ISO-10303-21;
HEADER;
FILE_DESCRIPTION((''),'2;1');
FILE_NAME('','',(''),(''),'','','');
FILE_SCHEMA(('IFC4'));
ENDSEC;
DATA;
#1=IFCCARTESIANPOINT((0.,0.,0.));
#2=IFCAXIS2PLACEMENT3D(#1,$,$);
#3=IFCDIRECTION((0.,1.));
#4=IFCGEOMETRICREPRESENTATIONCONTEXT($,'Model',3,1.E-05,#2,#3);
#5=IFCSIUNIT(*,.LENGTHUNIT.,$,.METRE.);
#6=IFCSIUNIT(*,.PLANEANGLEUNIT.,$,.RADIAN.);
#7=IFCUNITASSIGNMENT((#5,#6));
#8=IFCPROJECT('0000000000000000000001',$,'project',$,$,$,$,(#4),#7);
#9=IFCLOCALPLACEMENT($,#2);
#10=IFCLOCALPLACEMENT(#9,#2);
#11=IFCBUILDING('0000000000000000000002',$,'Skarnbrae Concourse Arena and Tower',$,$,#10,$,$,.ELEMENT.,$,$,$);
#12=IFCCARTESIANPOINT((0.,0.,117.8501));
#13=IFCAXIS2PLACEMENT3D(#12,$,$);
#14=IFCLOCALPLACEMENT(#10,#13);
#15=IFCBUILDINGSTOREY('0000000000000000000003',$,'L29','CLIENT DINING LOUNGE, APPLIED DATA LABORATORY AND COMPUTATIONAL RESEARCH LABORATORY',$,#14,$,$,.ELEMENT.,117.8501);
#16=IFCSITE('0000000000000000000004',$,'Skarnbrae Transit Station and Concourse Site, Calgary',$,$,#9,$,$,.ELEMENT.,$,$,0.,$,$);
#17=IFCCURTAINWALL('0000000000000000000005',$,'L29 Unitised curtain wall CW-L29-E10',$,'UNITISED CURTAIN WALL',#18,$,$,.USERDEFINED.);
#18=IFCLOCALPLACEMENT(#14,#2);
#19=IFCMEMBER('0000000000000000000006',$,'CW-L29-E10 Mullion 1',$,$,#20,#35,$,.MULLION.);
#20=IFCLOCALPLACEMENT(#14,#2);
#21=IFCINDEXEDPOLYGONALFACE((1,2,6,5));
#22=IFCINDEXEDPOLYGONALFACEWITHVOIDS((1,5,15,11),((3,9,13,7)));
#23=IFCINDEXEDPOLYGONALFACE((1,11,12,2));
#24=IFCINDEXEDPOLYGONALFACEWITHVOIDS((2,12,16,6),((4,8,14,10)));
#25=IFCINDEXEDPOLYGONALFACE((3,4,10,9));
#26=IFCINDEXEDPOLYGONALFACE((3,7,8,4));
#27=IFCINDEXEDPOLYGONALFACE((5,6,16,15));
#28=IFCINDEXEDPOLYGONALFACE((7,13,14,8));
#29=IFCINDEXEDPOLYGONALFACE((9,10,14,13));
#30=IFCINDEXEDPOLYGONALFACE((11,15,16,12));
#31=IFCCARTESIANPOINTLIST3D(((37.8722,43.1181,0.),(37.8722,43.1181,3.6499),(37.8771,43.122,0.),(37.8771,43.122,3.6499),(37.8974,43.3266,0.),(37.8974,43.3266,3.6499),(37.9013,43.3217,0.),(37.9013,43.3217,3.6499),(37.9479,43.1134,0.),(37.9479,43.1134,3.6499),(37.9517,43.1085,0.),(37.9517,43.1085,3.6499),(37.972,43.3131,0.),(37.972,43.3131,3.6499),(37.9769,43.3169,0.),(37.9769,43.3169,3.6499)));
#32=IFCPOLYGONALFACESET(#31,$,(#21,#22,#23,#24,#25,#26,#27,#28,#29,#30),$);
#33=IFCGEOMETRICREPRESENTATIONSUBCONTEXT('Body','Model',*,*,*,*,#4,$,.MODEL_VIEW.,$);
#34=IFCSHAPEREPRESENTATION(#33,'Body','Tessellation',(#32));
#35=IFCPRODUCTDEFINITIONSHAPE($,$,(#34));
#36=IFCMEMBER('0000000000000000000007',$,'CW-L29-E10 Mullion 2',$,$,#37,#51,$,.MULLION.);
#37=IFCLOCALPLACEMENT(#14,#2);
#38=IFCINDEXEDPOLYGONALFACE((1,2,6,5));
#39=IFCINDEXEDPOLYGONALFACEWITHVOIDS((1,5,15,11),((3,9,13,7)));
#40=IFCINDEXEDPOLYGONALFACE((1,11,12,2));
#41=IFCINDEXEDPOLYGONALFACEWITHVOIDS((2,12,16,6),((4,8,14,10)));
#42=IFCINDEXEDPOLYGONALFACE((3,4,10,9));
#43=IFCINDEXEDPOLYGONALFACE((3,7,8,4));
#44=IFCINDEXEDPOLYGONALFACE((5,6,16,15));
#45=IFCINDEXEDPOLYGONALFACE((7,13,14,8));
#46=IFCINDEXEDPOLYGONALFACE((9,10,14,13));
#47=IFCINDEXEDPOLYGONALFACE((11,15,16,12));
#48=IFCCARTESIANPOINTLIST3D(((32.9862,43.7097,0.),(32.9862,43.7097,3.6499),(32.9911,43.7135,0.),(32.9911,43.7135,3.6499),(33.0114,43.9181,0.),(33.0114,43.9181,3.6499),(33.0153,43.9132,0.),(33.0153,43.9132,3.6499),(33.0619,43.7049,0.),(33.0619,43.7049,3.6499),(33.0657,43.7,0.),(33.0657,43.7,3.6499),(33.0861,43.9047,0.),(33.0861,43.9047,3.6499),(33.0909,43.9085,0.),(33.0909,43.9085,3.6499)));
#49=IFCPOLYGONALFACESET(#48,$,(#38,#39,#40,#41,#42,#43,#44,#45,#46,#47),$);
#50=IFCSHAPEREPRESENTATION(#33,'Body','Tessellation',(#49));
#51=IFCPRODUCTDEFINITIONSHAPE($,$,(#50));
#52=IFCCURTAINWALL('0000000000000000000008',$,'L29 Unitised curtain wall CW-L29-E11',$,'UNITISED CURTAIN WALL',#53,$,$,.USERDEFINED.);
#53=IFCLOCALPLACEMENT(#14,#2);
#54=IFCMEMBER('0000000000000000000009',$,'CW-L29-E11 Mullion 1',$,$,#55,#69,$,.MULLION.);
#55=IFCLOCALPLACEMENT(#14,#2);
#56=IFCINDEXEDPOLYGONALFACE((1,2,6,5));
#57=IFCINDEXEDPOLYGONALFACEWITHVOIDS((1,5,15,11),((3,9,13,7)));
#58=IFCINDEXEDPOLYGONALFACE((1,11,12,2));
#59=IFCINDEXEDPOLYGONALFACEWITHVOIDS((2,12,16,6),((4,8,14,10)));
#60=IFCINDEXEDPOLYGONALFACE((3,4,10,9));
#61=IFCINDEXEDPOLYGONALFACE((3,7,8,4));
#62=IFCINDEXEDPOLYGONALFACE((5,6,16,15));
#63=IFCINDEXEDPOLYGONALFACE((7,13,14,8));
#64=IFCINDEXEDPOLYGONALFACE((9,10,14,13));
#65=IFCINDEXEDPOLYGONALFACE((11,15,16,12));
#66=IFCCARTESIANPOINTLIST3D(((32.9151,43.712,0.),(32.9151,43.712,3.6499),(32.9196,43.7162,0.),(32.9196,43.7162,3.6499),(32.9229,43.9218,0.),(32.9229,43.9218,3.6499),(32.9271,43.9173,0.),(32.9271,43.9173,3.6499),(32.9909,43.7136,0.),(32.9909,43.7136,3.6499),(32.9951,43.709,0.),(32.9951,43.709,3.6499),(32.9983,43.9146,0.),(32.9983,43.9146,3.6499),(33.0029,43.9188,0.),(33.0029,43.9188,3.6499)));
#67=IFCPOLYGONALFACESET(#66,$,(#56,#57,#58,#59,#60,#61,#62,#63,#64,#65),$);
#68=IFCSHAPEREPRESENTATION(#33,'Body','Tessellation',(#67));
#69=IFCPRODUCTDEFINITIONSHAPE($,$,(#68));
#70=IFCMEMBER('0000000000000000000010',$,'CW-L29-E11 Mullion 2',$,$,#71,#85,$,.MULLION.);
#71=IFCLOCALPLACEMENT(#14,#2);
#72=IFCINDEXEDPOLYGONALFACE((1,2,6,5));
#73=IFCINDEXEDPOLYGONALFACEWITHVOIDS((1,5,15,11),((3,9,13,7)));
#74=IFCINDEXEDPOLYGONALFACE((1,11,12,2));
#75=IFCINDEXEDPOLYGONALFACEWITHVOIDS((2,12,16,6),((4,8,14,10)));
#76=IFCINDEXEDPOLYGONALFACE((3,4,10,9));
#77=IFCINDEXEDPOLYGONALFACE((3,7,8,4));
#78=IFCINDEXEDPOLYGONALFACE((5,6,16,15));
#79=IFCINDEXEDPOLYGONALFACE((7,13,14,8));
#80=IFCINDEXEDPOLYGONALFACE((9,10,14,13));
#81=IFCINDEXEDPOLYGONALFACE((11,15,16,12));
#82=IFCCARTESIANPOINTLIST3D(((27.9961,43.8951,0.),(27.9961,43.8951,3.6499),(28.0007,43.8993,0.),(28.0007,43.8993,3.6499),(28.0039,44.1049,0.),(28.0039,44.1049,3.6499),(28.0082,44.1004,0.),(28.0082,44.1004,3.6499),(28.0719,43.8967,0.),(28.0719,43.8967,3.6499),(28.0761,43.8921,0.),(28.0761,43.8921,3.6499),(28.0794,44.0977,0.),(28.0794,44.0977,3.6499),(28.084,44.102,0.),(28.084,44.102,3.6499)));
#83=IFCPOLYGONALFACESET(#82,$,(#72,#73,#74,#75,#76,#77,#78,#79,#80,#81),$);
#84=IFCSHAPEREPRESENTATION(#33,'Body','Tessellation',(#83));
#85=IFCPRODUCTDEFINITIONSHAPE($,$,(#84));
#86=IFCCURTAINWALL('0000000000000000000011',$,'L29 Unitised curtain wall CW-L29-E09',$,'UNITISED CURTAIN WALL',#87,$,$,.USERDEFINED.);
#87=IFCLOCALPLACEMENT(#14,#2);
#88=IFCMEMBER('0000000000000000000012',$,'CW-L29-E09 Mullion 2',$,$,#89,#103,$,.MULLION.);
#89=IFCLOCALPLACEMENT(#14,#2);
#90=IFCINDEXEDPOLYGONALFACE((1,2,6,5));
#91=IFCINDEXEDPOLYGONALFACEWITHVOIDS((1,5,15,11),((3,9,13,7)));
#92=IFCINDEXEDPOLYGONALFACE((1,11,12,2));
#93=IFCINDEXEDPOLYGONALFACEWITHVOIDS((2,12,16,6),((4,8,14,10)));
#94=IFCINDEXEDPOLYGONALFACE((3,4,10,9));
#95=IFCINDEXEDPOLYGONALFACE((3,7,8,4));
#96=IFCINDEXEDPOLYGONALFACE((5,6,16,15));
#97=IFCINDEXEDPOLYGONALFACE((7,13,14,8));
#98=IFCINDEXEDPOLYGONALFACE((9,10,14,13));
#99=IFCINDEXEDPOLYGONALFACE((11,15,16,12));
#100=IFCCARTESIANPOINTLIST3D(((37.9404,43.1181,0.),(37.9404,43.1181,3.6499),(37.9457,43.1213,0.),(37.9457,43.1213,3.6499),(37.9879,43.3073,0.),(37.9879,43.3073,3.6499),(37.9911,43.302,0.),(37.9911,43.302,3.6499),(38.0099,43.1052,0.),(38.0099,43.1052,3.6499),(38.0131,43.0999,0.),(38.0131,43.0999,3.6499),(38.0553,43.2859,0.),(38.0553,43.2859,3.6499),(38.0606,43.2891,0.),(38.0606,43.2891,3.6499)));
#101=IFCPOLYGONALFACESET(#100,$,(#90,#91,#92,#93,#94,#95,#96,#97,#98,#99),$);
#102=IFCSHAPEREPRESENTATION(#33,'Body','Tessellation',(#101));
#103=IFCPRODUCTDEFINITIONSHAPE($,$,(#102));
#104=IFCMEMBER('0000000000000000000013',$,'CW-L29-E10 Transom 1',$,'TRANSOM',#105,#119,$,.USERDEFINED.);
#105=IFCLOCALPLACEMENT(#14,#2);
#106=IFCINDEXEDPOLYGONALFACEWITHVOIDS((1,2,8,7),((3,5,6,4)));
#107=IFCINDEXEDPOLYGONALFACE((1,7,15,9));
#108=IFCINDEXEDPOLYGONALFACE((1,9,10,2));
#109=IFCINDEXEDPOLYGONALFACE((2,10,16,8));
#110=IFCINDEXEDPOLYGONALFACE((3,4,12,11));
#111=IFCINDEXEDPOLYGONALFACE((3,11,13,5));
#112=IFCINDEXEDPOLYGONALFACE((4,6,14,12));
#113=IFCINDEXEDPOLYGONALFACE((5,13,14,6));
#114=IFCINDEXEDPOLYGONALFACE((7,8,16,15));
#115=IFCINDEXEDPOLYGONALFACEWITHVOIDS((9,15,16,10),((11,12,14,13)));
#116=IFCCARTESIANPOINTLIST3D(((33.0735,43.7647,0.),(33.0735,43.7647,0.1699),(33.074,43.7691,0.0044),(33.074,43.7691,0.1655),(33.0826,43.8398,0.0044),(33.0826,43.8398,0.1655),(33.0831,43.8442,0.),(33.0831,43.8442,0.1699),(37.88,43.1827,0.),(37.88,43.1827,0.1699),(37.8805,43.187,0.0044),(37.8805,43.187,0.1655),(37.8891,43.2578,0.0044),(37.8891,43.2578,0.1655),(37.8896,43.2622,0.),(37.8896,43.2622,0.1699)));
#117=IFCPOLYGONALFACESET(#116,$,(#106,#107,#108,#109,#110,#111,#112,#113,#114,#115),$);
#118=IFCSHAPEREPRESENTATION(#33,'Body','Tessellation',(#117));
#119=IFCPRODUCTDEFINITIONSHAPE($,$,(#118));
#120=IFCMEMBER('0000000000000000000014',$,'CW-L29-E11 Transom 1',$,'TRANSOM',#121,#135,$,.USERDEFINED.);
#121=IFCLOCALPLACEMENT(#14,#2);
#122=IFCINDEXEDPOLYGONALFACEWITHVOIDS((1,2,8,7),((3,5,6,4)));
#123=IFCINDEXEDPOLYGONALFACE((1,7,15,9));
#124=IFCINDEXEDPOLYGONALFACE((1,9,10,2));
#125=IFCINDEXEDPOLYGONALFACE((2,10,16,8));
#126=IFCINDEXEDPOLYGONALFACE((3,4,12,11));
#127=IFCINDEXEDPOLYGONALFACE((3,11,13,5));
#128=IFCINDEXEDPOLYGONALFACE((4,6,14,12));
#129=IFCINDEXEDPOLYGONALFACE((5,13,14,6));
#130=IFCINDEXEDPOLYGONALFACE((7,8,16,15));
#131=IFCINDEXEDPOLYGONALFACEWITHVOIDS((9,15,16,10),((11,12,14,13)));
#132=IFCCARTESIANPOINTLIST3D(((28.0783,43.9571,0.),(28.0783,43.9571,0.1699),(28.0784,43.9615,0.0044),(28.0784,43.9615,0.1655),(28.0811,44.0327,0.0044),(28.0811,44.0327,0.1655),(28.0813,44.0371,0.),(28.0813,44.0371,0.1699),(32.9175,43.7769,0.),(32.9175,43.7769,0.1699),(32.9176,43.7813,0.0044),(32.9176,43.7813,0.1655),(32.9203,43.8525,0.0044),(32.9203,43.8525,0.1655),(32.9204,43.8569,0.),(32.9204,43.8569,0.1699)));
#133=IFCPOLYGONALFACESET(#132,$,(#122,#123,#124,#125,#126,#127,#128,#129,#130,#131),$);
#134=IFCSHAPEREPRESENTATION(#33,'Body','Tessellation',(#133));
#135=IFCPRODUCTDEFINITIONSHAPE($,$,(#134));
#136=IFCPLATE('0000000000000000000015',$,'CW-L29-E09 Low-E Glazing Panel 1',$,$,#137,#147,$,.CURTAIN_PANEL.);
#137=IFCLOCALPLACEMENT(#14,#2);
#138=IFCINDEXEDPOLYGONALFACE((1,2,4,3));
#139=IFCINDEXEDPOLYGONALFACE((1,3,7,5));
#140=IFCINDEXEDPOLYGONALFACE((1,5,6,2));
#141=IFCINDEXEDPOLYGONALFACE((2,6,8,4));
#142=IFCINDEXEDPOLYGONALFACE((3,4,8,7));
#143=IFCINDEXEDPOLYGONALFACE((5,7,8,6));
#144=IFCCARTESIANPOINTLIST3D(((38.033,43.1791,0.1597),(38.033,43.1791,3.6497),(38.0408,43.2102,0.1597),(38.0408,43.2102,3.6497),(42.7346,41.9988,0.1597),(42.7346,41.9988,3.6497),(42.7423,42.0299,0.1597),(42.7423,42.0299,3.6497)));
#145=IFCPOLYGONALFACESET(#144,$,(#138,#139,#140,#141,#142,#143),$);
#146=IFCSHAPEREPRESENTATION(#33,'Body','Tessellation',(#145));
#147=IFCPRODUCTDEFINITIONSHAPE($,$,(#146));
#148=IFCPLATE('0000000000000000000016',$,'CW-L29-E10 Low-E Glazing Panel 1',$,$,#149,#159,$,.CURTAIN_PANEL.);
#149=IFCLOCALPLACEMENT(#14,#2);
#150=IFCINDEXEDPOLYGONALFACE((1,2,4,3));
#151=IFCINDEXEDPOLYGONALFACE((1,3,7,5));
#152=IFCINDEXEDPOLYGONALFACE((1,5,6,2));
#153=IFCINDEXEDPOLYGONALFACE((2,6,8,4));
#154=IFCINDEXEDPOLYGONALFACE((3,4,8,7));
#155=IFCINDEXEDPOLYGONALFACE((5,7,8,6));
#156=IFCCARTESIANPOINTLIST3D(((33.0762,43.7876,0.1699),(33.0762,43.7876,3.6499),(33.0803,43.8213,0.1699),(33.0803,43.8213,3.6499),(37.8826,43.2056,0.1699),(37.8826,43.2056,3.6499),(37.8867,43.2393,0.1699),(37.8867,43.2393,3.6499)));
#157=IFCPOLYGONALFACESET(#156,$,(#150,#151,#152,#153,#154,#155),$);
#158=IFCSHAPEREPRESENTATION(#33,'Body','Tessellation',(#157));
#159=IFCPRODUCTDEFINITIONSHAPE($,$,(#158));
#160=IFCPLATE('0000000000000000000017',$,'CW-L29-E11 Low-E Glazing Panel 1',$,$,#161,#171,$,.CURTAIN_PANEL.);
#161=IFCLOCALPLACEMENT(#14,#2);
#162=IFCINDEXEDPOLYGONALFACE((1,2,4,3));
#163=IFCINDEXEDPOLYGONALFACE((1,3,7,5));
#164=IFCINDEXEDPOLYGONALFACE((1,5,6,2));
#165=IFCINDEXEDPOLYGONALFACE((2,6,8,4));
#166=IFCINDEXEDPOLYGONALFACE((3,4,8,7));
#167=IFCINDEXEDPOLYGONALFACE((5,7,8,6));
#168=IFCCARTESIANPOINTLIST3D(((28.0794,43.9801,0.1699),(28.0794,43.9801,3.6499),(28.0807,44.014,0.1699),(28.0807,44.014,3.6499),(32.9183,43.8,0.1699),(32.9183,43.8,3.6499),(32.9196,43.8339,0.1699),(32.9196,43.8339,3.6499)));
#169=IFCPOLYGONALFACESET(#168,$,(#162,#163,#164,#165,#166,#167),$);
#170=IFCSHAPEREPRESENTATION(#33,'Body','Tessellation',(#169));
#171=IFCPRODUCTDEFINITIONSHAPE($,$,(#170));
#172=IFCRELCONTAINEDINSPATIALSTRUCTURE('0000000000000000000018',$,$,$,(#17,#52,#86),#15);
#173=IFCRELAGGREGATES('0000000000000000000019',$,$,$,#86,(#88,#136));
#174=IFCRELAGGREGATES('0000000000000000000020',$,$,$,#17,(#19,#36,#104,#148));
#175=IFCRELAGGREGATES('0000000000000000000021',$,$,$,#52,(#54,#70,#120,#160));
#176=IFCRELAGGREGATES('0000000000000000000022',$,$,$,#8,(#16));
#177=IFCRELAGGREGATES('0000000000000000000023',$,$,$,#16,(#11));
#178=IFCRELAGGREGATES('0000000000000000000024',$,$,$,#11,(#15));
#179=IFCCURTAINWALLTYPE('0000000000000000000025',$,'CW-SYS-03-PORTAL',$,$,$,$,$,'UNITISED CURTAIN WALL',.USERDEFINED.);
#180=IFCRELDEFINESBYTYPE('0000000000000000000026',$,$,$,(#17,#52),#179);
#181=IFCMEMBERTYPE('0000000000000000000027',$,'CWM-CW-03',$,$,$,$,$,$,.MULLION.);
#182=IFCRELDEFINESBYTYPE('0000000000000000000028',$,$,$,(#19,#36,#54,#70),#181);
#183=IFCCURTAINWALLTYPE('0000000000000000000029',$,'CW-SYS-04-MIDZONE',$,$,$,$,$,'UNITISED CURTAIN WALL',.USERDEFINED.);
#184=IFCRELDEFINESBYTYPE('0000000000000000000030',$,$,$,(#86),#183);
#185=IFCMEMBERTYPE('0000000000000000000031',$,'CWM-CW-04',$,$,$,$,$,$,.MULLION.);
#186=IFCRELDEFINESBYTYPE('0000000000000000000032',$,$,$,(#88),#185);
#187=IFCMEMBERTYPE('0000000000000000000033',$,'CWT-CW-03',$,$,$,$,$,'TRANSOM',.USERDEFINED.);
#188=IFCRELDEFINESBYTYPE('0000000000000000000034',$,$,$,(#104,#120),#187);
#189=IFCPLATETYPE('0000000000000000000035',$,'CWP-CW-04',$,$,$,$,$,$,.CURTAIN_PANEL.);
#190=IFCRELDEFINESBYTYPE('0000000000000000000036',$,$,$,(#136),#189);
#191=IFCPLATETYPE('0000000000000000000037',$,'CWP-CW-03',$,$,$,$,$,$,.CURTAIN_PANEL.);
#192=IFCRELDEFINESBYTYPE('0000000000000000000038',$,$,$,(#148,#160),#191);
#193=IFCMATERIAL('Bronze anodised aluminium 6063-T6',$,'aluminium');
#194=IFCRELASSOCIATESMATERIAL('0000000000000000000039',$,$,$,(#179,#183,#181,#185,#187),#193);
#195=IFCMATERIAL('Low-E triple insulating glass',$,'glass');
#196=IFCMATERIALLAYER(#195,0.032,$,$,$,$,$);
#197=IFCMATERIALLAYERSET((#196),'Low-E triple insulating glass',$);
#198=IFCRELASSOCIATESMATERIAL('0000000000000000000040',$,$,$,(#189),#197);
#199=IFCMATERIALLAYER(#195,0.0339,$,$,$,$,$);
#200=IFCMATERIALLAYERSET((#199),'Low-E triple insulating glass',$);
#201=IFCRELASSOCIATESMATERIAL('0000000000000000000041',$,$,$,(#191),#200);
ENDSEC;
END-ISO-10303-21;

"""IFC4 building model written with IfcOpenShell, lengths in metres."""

from ifc_helpers import new_model, si_unit, direction, frame, origin, origin_2d, place, context, subcontext, project, spatial, rectangle, hollow_rectangle, extrude, source, transform, mapped, material, layer, layer_set, material_profile, profile_set, type_object, element, aggregate, save


model = new_model("IFC4")

# Units and contexts
model_context = context("Model", 3, precision=1e-05, world=origin(), true_north=direction((0.0, 1.0)))
body_context = subcontext(model_context, "Body", "Model", "MODEL_VIEW")
ifc_project = project(units=[si_unit("LENGTHUNIT", "METRE"), si_unit("PLANEANGLEUNIT", "RADIAN")], contexts=[model_context])

# Site, building, storey
site_placement = place(None, origin())
site = spatial("IfcSite", under=ifc_project, at=site_placement, Name="Skarnbrae Transit Station and Concourse Site, Calgary", CompositionType="ELEMENT", RefElevation=0.0)
building_placement = place(site_placement, origin())
building = spatial("IfcBuilding", under=site, at=building_placement, Name="Skarnbrae Concourse Arena and Tower", CompositionType="ELEMENT")
storey_placement = place(building_placement, frame((0.0, 0.0, 117.8501)))
storey = spatial("IfcBuildingStorey", under=building, at=storey_placement, Name="L29", Description="CLIENT DINING LOUNGE, APPLIED DATA LABORATORY AND COMPUTATIONAL RESEARCH LABORATORY", CompositionType="ELEMENT", Elevation=117.8501)

# Curtain walls, members
ifc_material_1 = material(Name="Bronze anodised aluminium 6063-T6", Category="aluminium")
curtain_wall_type_1 = type_object("IfcCurtainWallType", Name="CW-SYS-03-PORTAL", ElementType="UNITISED CURTAIN WALL", PredefinedType="USERDEFINED", material=ifc_material_1)
curtain_wall_1_placement = place(storey_placement, origin())
curtain_wall_1 = element("IfcCurtainWall", 1, at=curtain_wall_1_placement, inside=storey, type_object=curtain_wall_type_1, Name="L29 Unitised curtain wall CW-L29-E10", ObjectType="UNITISED CURTAIN WALL", PredefinedType="USERDEFINED")
ifc_material_profile_1 = material_profile(ifc_material_1, hollow_rectangle(XDim=0.0801, YDim=0.21, WallThickness=0.0044, at=origin_2d()), Name="ALU-MULL-80X210")
ifc_profile_set_1 = profile_set([ifc_material_profile_1], Name="Bronze anodised aluminium 6063-T6")
member_type_1 = type_object("IfcMemberType", Name="CWM-CW-03", PredefinedType="MULLION", material=ifc_profile_set_1)
shared_shape_1 = source(origin(), body_context, "Body", "SweptSolid", [
    extrude(hollow_rectangle(XDim=0.0801, YDim=0.21, WallThickness=0.0044, at=origin_2d()), origin(), (0.0, 0.0, 1.0), 3.6499),
])
member_1_placement = place(storey_placement, frame((37.9246, 43.2175, 0.0), z_axis=(0.0, 0.0, 1.0), x_axis=(-0.992749, 0.120203, 0.0)))
member_1 = element("IfcMember", 2, at=member_1_placement, type_object=member_type_1, Name="CW-L29-E10 Mullion 1", PredefinedType="MULLION", context=body_context, shape_type="MappedRepresentation", body=[
    mapped(shared_shape_1, transform((0.0, 0.0, 0.0))),
])
member_2_placement = place(storey_placement, frame((33.0386, 43.8091, 0.0), z_axis=(0.0, 0.0, 1.0), x_axis=(-0.992749, 0.120203, 0.0)))
member_2 = element("IfcMember", 3, at=member_2_placement, type_object=member_type_1, Name="CW-L29-E10 Mullion 2", PredefinedType="MULLION", context=body_context, shape_type="MappedRepresentation", body=[
    mapped(shared_shape_1, transform((0.0, 0.0, 0.0))),
])
curtain_wall_2_placement = place(storey_placement, origin())
curtain_wall_2 = element("IfcCurtainWall", 4, at=curtain_wall_2_placement, inside=storey, type_object=curtain_wall_type_1, Name="L29 Unitised curtain wall CW-L29-E11", ObjectType="UNITISED CURTAIN WALL", PredefinedType="USERDEFINED")
member_3_placement = place(storey_placement, frame((32.959, 43.8154, 0.0), z_axis=(0.0, 0.0, 1.0), x_axis=(-0.999308, 0.037183, 0.0)))
member_3 = element("IfcMember", 5, at=member_3_placement, type_object=member_type_1, Name="CW-L29-E11 Mullion 1", PredefinedType="MULLION", context=body_context, shape_type="MappedRepresentation", body=[
    mapped(shared_shape_1, transform((0.0, 0.0, 0.0))),
])
member_4_placement = place(storey_placement, frame((28.04, 43.9985, 0.0), z_axis=(0.0, 0.0, 1.0), x_axis=(-0.999308, 0.037183, 0.0)))
member_4 = element("IfcMember", 6, at=member_4_placement, type_object=member_type_1, Name="CW-L29-E11 Mullion 2", PredefinedType="MULLION", context=body_context, shape_type="MappedRepresentation", body=[
    mapped(shared_shape_1, transform((0.0, 0.0, 0.0))),
])

# Curtain wall, member
curtain_wall_type_2 = type_object("IfcCurtainWallType", Name="CW-SYS-04-MIDZONE", ElementType="UNITISED CURTAIN WALL", PredefinedType="USERDEFINED", material=ifc_material_1)
curtain_wall_3_placement = place(storey_placement, origin())
curtain_wall_3 = element("IfcCurtainWall", 7, at=curtain_wall_3_placement, inside=storey, type_object=curtain_wall_type_2, Name="L29 Unitised curtain wall CW-L29-E09", ObjectType="UNITISED CURTAIN WALL", PredefinedType="USERDEFINED")
ifc_material_profile_2 = material_profile(ifc_material_1, hollow_rectangle(XDim=0.075, YDim=0.1951, WallThickness=0.0044, at=origin_2d()), Name="ALU-MULL-75X195")
ifc_profile_set_2 = profile_set([ifc_material_profile_2], Name="Bronze anodised aluminium 6063-T6")
member_type_2 = type_object("IfcMemberType", Name="CWM-CW-04", PredefinedType="MULLION", material=ifc_profile_set_2)
shared_shape_2 = source(origin(), body_context, "Body", "SweptSolid", [
    extrude(hollow_rectangle(XDim=0.075, YDim=0.1951, WallThickness=0.0044, at=origin_2d()), origin(), (0.0, 0.0, 1.0), 3.6499),
])
member_5_placement = place(storey_placement, frame((38.0005, 43.2036, 0.0), z_axis=(0.0, 0.0, 1.0), x_axis=(-0.969903, 0.243491, 0.0)))
member_5 = element("IfcMember", 8, at=member_5_placement, type_object=member_type_2, Name="CW-L29-E09 Mullion 2", PredefinedType="MULLION", context=body_context, shape_type="MappedRepresentation", body=[
    mapped(shared_shape_2, transform((0.0, 0.0, 0.0))),
])

# Members
ifc_material_profile_3 = material_profile(ifc_material_1, hollow_rectangle(XDim=0.0801, YDim=0.1699, WallThickness=0.0044, at=origin_2d()), Name="ALU-TRAN-80X170")
ifc_profile_set_3 = profile_set([ifc_material_profile_3], Name="Bronze anodised aluminium 6063-T6")
member_type_3 = type_object("IfcMemberType", Name="CWT-CW-03", ElementType="TRANSOM", PredefinedType="USERDEFINED", material=ifc_profile_set_3)
shared_shape_3 = source(origin(), body_context, "Body", "SweptSolid", [
    extrude(hollow_rectangle(XDim=0.0801, YDim=0.1699, WallThickness=0.0044, at=origin_2d()), origin(), (0.0, 0.0, 1.0), 4.8416),
])
member_6_placement = place(storey_placement, frame((37.8848, 43.2224, 0.085), z_axis=(-0.992748, 0.120217, 0.0), x_axis=(-0.120217, -0.992748, 0.0)))
member_6 = element("IfcMember", 9, at=member_6_placement, type_object=member_type_3, Name="CW-L29-E10 Transom 1", ObjectType="TRANSOM", PredefinedType="USERDEFINED", context=body_context, shape_type="MappedRepresentation", body=[
    mapped(shared_shape_3, transform((0.0, 0.0, 0.0))),
])
shared_shape_4 = source(origin(), body_context, "Body", "SweptSolid", [
    extrude(hollow_rectangle(XDim=0.0801, YDim=0.1699, WallThickness=0.0044, at=origin_2d()), origin(), (0.0, 0.0, 1.0), 4.8425),
])
member_7_placement = place(storey_placement, frame((32.9189, 43.8169, 0.085), z_axis=(-0.999308, 0.037207, 0.0), x_axis=(-0.037207, -0.999308, 0.0)))
member_7 = element("IfcMember", 10, at=member_7_placement, type_object=member_type_3, Name="CW-L29-E11 Transom 1", ObjectType="TRANSOM", PredefinedType="USERDEFINED", context=body_context, shape_type="MappedRepresentation", body=[
    mapped(shared_shape_4, transform((0.0, 0.0, 0.0))),
])

# Plates
ifc_material_2 = material(Name="Low-E triple insulating glass", Category="glass")
ifc_layer_1 = layer(ifc_material_2, 0.032)
ifc_layer_set_1 = layer_set([ifc_layer_1], Name="Low-E triple insulating glass")
plate_type_1 = type_object("IfcPlateType", Name="CWP-CW-04", PredefinedType="CURTAIN_PANEL", material=ifc_layer_set_1)
shared_shape_5 = source(origin(), body_context, "Body", "SweptSolid", [
    extrude(rectangle(XDim=4.8474, YDim=0.032, at=origin_2d()), origin(), (0.0, 0.0, 1.0), 3.49),
])
plate_1_placement = place(storey_placement, frame((40.3877, 42.6045, 0.1597), z_axis=(0.0, 0.0, 1.0), x_axis=(-0.969903, 0.243491, 0.0)))
plate_1 = element("IfcPlate", 11, at=plate_1_placement, type_object=plate_type_1, Name="CW-L29-E09 Low-E Glazing Panel 1", PredefinedType="CURTAIN_PANEL", context=body_context, shape_type="MappedRepresentation", body=[
    mapped(shared_shape_5, transform((0.0, 0.0, 0.0))),
])
aggregate(curtain_wall_3, [member_5, plate_1])
ifc_layer_2 = layer(ifc_material_2, 0.0339)
ifc_layer_set_2 = layer_set([ifc_layer_2], Name="Low-E triple insulating glass")
plate_type_2 = type_object("IfcPlateType", Name="CWP-CW-03", PredefinedType="CURTAIN_PANEL", material=ifc_layer_set_2)
shared_shape_6 = source(origin(), body_context, "Body", "SweptSolid", [
    extrude(rectangle(XDim=4.8416, YDim=0.0339, at=origin_2d()), origin(), (0.0, 0.0, 1.0), 3.48),
])
plate_2_placement = place(storey_placement, frame((35.4814, 43.5134, 0.1699), z_axis=(0.0, 0.0, 1.0), x_axis=(-0.992749, 0.120203, 0.0)))
plate_2 = element("IfcPlate", 12, at=plate_2_placement, type_object=plate_type_2, Name="CW-L29-E10 Low-E Glazing Panel 1", PredefinedType="CURTAIN_PANEL", context=body_context, shape_type="MappedRepresentation", body=[
    mapped(shared_shape_6, transform((0.0, 0.0, 0.0))),
])
aggregate(curtain_wall_1, [member_1, member_2, member_6, plate_2])
shared_shape_7 = source(origin(), body_context, "Body", "SweptSolid", [
    extrude(rectangle(XDim=4.8423, YDim=0.0339, at=origin_2d()), origin(), (0.0, 0.0, 1.0), 3.48),
])
plate_3_placement = place(storey_placement, frame((30.4995, 43.907, 0.1699), z_axis=(0.0, 0.0, 1.0), x_axis=(-0.999308, 0.037183, 0.0)))
plate_3 = element("IfcPlate", 13, at=plate_3_placement, type_object=plate_type_2, Name="CW-L29-E11 Low-E Glazing Panel 1", PredefinedType="CURTAIN_PANEL", context=body_context, shape_type="MappedRepresentation", body=[
    mapped(shared_shape_7, transform((0.0, 0.0, 0.0))),
])
aggregate(curtain_wall_2, [member_3, member_4, member_7, plate_3])

save(model, "model.ifc")
